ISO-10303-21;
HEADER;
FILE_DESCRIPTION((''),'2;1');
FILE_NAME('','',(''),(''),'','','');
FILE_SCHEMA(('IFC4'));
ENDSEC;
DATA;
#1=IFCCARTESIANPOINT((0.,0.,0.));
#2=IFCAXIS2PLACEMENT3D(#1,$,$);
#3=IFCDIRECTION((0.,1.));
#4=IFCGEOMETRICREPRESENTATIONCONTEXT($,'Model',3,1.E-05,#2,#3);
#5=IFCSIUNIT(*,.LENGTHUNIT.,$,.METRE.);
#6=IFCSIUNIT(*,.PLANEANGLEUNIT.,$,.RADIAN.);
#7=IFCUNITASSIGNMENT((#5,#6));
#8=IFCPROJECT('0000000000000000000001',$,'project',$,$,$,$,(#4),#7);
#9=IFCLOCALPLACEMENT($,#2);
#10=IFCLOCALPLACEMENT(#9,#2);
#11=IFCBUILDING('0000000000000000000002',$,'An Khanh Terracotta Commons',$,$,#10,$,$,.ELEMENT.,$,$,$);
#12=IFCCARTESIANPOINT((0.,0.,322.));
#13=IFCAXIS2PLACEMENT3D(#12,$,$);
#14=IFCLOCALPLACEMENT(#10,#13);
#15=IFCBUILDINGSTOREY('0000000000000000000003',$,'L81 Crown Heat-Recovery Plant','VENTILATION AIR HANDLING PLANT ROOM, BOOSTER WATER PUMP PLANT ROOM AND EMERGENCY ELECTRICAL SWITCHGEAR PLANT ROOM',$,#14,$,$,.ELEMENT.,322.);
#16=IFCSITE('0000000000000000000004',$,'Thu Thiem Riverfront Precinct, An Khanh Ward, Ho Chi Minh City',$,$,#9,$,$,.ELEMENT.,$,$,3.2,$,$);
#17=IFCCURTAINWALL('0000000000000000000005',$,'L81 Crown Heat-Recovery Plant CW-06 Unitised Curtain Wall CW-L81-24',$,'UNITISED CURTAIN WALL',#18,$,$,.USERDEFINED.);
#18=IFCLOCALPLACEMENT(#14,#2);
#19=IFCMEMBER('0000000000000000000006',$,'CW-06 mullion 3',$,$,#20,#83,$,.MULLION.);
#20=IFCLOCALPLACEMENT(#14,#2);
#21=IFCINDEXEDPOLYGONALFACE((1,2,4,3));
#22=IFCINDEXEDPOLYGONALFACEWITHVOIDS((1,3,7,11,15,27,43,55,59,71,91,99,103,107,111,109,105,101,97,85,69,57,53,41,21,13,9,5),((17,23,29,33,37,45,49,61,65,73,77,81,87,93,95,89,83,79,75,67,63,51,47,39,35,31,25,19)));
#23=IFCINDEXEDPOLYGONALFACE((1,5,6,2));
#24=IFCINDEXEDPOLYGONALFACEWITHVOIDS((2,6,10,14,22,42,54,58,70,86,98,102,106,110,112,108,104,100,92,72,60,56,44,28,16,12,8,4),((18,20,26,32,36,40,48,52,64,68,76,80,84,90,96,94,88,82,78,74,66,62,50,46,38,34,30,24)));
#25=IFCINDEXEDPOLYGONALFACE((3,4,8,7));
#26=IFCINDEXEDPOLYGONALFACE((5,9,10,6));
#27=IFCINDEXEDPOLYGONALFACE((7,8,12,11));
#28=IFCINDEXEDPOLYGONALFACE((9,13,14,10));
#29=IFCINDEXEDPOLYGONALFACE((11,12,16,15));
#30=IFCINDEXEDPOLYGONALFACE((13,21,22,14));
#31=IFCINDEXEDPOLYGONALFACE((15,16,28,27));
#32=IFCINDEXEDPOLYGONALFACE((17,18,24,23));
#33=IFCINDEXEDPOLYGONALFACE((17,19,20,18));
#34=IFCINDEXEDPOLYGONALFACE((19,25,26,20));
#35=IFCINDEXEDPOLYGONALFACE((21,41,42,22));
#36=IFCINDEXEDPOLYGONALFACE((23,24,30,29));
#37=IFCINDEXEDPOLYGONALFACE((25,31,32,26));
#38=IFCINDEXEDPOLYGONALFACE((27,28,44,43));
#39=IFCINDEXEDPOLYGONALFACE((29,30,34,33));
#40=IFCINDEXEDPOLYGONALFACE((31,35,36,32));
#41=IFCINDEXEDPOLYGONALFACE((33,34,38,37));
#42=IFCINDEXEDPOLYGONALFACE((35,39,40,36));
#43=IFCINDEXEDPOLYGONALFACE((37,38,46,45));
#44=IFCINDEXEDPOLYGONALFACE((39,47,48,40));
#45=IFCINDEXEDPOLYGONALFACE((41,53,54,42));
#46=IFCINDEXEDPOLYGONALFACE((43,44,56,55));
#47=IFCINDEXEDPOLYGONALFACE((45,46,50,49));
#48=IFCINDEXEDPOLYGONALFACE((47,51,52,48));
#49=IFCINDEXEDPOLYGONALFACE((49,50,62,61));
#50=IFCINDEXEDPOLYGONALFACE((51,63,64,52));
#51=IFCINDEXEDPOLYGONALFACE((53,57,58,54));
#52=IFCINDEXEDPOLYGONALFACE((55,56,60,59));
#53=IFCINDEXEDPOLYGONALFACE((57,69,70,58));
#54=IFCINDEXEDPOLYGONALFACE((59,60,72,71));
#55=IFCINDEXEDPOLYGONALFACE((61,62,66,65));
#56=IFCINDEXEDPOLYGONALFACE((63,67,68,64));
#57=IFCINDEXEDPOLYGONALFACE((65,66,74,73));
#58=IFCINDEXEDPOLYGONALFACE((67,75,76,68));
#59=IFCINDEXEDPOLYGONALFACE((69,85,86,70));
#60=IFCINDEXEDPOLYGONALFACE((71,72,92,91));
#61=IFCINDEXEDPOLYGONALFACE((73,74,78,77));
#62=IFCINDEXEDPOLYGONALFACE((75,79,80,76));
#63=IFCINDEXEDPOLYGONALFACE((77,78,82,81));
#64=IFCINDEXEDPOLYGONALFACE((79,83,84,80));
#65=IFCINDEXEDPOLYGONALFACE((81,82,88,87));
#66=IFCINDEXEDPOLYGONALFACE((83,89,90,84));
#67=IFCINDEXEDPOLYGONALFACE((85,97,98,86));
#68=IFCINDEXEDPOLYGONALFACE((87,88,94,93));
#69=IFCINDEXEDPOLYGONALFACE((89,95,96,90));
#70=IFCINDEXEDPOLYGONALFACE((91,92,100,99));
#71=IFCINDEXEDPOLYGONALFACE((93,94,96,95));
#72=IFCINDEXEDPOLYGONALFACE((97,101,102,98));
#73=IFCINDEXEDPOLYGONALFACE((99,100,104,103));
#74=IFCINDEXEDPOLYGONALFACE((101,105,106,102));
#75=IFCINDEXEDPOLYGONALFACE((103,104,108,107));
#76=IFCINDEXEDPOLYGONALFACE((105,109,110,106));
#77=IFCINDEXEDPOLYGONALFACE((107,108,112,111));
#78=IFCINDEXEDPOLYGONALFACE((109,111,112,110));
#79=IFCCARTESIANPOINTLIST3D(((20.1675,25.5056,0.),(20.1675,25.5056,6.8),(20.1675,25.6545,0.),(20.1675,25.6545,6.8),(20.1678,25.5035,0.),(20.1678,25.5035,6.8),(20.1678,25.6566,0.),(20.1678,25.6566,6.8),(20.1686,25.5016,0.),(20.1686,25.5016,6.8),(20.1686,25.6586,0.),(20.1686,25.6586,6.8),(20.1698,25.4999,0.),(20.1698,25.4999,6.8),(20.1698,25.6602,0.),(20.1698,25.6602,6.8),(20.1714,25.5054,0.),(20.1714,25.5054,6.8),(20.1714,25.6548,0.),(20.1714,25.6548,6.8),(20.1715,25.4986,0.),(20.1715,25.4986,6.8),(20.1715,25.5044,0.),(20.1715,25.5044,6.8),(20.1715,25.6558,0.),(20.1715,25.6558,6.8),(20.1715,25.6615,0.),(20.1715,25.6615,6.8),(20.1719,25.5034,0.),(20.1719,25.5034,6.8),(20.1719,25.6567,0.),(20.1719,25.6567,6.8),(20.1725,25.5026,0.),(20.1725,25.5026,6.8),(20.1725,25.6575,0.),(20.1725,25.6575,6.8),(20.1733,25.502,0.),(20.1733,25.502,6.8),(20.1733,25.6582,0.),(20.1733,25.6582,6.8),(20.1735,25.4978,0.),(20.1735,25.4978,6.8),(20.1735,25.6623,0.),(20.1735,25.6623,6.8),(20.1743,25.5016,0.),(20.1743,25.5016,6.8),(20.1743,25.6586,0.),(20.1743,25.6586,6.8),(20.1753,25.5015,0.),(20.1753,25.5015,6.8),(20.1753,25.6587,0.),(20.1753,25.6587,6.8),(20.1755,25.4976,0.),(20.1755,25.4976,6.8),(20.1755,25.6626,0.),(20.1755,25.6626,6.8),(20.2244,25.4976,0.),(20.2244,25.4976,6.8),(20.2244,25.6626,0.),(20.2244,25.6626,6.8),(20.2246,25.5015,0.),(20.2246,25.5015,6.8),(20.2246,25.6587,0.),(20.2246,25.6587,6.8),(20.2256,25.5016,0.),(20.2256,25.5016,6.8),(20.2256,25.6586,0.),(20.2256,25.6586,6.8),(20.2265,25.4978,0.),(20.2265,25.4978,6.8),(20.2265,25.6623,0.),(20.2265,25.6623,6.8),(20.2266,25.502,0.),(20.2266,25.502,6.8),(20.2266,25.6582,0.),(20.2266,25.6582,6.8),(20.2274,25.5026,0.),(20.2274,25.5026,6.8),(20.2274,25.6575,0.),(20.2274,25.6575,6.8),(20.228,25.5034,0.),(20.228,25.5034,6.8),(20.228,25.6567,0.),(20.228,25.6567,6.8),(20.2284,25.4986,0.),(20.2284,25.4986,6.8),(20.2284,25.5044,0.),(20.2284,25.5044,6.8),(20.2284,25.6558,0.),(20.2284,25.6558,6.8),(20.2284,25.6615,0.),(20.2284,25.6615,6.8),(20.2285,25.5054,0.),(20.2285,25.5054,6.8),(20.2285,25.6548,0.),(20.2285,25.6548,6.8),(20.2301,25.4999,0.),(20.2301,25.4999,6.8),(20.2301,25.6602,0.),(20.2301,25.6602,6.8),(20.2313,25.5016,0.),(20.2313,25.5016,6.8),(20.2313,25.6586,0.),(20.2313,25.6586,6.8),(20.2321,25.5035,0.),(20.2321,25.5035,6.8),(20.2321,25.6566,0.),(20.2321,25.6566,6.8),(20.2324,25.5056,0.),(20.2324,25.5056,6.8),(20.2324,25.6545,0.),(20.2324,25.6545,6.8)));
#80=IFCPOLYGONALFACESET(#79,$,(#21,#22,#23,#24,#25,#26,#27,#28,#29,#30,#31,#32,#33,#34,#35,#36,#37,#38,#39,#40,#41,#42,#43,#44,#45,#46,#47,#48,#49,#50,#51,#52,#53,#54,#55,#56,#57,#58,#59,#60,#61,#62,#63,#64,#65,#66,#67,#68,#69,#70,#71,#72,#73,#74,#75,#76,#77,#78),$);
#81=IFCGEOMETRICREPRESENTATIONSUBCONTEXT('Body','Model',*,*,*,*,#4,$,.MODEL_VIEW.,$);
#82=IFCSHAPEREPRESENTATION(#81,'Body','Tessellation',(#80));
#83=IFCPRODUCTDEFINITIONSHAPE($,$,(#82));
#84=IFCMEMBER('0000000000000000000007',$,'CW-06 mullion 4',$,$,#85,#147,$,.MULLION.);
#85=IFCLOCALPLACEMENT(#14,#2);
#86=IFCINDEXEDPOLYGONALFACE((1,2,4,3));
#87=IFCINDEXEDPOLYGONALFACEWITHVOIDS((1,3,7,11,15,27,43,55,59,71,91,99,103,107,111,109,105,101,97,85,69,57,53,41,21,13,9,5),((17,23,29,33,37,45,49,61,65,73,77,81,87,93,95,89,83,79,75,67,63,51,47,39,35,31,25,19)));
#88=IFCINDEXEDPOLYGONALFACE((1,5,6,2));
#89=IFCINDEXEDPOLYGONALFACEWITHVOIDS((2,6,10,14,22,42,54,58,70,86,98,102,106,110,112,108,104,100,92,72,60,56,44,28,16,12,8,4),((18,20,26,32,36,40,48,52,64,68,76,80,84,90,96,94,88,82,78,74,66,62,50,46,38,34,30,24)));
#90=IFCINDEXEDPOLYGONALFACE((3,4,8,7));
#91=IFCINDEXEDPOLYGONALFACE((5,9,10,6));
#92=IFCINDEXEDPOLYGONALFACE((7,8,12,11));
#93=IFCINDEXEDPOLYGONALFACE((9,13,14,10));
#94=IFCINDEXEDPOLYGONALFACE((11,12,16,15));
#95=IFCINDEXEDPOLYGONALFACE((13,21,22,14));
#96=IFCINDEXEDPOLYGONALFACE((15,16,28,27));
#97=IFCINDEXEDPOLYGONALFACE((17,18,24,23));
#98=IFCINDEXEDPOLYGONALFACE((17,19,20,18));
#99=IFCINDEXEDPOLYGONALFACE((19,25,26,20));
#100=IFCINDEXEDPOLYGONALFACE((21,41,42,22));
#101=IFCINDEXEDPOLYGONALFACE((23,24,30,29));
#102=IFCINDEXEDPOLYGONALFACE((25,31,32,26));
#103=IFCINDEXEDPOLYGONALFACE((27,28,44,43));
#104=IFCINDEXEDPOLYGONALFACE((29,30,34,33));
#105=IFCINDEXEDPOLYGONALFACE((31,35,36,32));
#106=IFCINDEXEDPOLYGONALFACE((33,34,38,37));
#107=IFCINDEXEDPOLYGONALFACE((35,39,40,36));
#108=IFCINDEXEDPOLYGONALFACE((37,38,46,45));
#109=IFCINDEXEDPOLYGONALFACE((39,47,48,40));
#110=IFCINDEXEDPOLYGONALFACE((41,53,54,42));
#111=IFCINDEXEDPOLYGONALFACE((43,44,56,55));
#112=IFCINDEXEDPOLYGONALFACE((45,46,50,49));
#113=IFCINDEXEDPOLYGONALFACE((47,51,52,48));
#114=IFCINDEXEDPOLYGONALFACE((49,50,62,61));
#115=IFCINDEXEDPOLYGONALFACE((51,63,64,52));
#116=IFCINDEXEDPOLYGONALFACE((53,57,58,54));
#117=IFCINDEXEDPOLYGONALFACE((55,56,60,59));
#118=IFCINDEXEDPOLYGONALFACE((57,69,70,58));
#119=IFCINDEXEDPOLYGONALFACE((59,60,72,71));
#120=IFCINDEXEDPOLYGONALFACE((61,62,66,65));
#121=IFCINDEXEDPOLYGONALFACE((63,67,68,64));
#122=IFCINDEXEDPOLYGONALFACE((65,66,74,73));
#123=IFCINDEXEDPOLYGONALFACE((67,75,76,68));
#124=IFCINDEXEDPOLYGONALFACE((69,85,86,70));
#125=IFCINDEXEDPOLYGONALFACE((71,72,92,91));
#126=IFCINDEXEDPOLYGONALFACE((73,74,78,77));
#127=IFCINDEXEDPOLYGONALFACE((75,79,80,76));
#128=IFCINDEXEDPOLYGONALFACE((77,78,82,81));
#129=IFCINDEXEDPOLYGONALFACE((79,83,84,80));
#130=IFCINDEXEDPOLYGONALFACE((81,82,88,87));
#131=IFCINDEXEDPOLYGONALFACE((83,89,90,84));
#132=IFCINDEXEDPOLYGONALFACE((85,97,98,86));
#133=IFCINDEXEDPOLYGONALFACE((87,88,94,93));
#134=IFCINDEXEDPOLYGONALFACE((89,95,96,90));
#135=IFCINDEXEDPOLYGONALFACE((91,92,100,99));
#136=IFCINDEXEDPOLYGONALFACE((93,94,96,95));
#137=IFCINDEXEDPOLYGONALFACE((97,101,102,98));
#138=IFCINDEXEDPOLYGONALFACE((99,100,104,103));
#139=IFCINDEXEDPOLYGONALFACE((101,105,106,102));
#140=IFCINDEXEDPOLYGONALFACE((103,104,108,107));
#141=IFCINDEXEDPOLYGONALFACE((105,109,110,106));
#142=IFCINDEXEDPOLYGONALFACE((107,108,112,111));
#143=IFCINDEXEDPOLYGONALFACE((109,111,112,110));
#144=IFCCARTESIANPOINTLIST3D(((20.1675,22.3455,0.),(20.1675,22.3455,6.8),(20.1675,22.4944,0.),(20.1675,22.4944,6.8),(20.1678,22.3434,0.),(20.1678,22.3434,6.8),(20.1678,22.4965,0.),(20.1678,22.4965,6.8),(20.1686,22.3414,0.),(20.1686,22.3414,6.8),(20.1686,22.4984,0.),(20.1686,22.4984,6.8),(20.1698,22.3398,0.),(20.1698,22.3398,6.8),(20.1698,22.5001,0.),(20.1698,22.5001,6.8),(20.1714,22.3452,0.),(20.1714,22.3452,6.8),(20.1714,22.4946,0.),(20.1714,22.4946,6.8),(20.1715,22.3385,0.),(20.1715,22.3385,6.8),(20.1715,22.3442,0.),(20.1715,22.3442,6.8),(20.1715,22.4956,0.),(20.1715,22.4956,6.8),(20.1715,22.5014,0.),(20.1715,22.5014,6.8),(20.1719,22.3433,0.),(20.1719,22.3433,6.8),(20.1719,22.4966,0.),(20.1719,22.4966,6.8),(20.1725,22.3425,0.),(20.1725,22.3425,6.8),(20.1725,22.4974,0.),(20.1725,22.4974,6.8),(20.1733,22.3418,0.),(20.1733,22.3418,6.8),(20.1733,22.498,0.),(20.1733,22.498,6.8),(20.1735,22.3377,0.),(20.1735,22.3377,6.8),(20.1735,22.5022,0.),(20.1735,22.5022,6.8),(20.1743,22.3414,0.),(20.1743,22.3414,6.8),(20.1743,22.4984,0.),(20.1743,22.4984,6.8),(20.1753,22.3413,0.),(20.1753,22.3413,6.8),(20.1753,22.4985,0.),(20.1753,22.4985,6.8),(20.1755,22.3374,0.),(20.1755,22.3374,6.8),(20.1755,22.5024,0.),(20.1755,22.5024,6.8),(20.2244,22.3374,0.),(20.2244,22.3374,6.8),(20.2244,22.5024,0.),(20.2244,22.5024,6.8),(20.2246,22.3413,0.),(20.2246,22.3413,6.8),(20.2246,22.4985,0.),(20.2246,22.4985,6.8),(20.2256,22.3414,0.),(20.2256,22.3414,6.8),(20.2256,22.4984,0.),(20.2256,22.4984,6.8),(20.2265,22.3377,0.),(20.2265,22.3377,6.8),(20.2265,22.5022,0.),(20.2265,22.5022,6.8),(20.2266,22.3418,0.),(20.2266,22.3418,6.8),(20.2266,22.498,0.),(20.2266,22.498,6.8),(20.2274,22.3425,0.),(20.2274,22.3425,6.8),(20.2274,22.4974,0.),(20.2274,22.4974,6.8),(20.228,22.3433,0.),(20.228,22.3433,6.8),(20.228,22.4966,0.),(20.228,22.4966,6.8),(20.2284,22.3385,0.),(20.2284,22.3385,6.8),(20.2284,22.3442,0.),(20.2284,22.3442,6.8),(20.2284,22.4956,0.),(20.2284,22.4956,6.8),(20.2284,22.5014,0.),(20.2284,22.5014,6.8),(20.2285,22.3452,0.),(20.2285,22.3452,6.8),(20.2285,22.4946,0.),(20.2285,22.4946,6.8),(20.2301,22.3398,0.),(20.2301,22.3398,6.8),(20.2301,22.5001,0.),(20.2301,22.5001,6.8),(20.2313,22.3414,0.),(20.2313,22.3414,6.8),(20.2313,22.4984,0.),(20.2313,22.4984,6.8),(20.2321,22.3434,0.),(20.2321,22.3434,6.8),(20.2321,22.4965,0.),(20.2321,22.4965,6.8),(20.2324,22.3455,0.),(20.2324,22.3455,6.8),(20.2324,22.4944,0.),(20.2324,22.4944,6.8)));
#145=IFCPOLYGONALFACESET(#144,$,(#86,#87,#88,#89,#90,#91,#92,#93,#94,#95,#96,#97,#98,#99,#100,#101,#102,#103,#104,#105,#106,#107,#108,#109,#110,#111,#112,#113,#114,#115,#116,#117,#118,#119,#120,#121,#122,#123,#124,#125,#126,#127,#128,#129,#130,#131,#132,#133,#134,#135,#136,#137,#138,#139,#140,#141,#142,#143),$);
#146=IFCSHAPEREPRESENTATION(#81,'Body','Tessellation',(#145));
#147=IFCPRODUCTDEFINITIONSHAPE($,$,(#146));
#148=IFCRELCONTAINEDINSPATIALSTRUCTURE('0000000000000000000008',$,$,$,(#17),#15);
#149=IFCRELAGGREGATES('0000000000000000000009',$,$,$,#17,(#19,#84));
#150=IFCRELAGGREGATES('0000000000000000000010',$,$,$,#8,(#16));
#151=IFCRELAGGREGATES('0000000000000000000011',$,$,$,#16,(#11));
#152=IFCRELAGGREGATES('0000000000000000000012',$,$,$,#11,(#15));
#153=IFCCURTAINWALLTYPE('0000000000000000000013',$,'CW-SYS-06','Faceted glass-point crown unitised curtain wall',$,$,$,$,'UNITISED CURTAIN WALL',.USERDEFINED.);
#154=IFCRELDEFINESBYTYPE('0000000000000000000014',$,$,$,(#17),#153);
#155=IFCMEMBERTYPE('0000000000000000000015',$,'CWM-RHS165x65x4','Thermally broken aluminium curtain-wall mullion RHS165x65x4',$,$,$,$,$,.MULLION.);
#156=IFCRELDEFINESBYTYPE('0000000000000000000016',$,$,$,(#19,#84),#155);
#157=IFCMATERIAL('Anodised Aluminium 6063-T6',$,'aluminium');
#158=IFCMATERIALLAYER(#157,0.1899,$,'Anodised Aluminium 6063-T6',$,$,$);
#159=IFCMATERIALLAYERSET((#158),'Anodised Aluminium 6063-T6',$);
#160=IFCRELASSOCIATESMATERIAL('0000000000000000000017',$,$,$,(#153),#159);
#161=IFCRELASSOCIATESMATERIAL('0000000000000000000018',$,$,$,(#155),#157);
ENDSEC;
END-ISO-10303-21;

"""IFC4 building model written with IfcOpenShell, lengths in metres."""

from ifc_helpers import new_model, si_unit, direction, frame, origin, origin_2d, place, context, subcontext, project, spatial, hollow_rectangle, extrude, material, layer, layer_set, material_profile, profile_set, type_object, element, aggregate, save


model = new_model("IFC4")

# Units and contexts
model_context = context("Model", 3, precision=1e-05, world=origin(), true_north=direction((0.0, 1.0)))
body_context = subcontext(model_context, "Body", "Model", "MODEL_VIEW")
ifc_project = project(units=[si_unit("LENGTHUNIT", "METRE"), si_unit("PLANEANGLEUNIT", "RADIAN")], contexts=[model_context])

# Site, building, storey
site_placement = place(None, origin())
site = spatial("IfcSite", under=ifc_project, at=site_placement, Name="Thu Thiem Riverfront Precinct, An Khanh Ward, Ho Chi Minh City", CompositionType="ELEMENT", RefElevation=3.2)
building_placement = place(site_placement, origin())
building = spatial("IfcBuilding", under=site, at=building_placement, Name="An Khanh Terracotta Commons", CompositionType="ELEMENT")
storey_placement = place(building_placement, frame((0.0, 0.0, 322.0)))
storey = spatial("IfcBuildingStorey", under=building, at=storey_placement, Name="L81 Crown Heat-Recovery Plant", Description="VENTILATION AIR HANDLING PLANT ROOM, BOOSTER WATER PUMP PLANT ROOM AND EMERGENCY ELECTRICAL SWITCHGEAR PLANT ROOM", CompositionType="ELEMENT", Elevation=322.0)

# Shared definitions
ifc_material_1 = material(Name="Anodised Aluminium 6063-T6", Category="aluminium")
ifc_layer_1 = layer(ifc_material_1, 0.1899, Name="Anodised Aluminium 6063-T6")
ifc_layer_set_1 = layer_set([ifc_layer_1], Name="Anodised Aluminium 6063-T6")
curtain_wall_type = type_object("IfcCurtainWallType", Name="CW-SYS-06", Description="Faceted glass-point crown unitised curtain wall", ElementType="UNITISED CURTAIN WALL", PredefinedType="USERDEFINED", material=ifc_layer_set_1)
ifc_material_profile_1 = material_profile(ifc_material_1, hollow_rectangle(XDim=0.0649, YDim=0.165, WallThickness=0.0039, InnerFilletRadius=0.0039, OuterFilletRadius=0.0081, at=origin_2d()), Name="RHS165x65x4")
ifc_profile_set_1 = profile_set([ifc_material_profile_1], Name="Anodised Aluminium 6063-T6")
member_type_1 = type_object("IfcMemberType", Name="CWM-RHS165x65x4", Description="Thermally broken aluminium curtain-wall mullion RHS165x65x4", PredefinedType="MULLION", material=ifc_profile_set_1)

# Curtain wall, members
curtain_wall_1_placement = place(storey_placement, origin())
curtain_wall_1 = element("IfcCurtainWall", 1, at=curtain_wall_1_placement, inside=storey, type_object=curtain_wall_type, Name="L81 Crown Heat-Recovery Plant CW-06 Unitised Curtain Wall CW-L81-24", ObjectType="UNITISED CURTAIN WALL", PredefinedType="USERDEFINED")
member_1_placement = place(storey_placement, frame((20.2, 25.5801, 0.0), z_axis=(0.0, 0.0, 1.0), x_axis=(1.0, 0.0, 0.0)))
member_1 = element("IfcMember", 2, at=member_1_placement, type_object=member_type_1, Name="CW-06 mullion 3", PredefinedType="MULLION", context=body_context, shape_type="SweptSolid", body=[
    extrude(hollow_rectangle(XDim=0.0649, YDim=0.165, WallThickness=0.0039, InnerFilletRadius=0.0039, OuterFilletRadius=0.0081, at=origin_2d()), origin(), (0.0, 0.0, 1.0), 6.8),
])
member_2_placement = place(storey_placement, frame((20.2, 22.4199, 0.0), z_axis=(0.0, 0.0, 1.0), x_axis=(1.0, 0.0, 0.0)))
member_2 = element("IfcMember", 3, at=member_2_placement, type_object=member_type_1, Name="CW-06 mullion 4", PredefinedType="MULLION", context=body_context, shape_type="SweptSolid", body=[
    extrude(hollow_rectangle(XDim=0.0649, YDim=0.165, WallThickness=0.0039, InnerFilletRadius=0.0039, OuterFilletRadius=0.0081, at=origin_2d()), origin(), (0.0, 0.0, 1.0), 6.8),
])

aggregate(curtain_wall_1, [member_1, member_2])

save(model, "model.ifc")
